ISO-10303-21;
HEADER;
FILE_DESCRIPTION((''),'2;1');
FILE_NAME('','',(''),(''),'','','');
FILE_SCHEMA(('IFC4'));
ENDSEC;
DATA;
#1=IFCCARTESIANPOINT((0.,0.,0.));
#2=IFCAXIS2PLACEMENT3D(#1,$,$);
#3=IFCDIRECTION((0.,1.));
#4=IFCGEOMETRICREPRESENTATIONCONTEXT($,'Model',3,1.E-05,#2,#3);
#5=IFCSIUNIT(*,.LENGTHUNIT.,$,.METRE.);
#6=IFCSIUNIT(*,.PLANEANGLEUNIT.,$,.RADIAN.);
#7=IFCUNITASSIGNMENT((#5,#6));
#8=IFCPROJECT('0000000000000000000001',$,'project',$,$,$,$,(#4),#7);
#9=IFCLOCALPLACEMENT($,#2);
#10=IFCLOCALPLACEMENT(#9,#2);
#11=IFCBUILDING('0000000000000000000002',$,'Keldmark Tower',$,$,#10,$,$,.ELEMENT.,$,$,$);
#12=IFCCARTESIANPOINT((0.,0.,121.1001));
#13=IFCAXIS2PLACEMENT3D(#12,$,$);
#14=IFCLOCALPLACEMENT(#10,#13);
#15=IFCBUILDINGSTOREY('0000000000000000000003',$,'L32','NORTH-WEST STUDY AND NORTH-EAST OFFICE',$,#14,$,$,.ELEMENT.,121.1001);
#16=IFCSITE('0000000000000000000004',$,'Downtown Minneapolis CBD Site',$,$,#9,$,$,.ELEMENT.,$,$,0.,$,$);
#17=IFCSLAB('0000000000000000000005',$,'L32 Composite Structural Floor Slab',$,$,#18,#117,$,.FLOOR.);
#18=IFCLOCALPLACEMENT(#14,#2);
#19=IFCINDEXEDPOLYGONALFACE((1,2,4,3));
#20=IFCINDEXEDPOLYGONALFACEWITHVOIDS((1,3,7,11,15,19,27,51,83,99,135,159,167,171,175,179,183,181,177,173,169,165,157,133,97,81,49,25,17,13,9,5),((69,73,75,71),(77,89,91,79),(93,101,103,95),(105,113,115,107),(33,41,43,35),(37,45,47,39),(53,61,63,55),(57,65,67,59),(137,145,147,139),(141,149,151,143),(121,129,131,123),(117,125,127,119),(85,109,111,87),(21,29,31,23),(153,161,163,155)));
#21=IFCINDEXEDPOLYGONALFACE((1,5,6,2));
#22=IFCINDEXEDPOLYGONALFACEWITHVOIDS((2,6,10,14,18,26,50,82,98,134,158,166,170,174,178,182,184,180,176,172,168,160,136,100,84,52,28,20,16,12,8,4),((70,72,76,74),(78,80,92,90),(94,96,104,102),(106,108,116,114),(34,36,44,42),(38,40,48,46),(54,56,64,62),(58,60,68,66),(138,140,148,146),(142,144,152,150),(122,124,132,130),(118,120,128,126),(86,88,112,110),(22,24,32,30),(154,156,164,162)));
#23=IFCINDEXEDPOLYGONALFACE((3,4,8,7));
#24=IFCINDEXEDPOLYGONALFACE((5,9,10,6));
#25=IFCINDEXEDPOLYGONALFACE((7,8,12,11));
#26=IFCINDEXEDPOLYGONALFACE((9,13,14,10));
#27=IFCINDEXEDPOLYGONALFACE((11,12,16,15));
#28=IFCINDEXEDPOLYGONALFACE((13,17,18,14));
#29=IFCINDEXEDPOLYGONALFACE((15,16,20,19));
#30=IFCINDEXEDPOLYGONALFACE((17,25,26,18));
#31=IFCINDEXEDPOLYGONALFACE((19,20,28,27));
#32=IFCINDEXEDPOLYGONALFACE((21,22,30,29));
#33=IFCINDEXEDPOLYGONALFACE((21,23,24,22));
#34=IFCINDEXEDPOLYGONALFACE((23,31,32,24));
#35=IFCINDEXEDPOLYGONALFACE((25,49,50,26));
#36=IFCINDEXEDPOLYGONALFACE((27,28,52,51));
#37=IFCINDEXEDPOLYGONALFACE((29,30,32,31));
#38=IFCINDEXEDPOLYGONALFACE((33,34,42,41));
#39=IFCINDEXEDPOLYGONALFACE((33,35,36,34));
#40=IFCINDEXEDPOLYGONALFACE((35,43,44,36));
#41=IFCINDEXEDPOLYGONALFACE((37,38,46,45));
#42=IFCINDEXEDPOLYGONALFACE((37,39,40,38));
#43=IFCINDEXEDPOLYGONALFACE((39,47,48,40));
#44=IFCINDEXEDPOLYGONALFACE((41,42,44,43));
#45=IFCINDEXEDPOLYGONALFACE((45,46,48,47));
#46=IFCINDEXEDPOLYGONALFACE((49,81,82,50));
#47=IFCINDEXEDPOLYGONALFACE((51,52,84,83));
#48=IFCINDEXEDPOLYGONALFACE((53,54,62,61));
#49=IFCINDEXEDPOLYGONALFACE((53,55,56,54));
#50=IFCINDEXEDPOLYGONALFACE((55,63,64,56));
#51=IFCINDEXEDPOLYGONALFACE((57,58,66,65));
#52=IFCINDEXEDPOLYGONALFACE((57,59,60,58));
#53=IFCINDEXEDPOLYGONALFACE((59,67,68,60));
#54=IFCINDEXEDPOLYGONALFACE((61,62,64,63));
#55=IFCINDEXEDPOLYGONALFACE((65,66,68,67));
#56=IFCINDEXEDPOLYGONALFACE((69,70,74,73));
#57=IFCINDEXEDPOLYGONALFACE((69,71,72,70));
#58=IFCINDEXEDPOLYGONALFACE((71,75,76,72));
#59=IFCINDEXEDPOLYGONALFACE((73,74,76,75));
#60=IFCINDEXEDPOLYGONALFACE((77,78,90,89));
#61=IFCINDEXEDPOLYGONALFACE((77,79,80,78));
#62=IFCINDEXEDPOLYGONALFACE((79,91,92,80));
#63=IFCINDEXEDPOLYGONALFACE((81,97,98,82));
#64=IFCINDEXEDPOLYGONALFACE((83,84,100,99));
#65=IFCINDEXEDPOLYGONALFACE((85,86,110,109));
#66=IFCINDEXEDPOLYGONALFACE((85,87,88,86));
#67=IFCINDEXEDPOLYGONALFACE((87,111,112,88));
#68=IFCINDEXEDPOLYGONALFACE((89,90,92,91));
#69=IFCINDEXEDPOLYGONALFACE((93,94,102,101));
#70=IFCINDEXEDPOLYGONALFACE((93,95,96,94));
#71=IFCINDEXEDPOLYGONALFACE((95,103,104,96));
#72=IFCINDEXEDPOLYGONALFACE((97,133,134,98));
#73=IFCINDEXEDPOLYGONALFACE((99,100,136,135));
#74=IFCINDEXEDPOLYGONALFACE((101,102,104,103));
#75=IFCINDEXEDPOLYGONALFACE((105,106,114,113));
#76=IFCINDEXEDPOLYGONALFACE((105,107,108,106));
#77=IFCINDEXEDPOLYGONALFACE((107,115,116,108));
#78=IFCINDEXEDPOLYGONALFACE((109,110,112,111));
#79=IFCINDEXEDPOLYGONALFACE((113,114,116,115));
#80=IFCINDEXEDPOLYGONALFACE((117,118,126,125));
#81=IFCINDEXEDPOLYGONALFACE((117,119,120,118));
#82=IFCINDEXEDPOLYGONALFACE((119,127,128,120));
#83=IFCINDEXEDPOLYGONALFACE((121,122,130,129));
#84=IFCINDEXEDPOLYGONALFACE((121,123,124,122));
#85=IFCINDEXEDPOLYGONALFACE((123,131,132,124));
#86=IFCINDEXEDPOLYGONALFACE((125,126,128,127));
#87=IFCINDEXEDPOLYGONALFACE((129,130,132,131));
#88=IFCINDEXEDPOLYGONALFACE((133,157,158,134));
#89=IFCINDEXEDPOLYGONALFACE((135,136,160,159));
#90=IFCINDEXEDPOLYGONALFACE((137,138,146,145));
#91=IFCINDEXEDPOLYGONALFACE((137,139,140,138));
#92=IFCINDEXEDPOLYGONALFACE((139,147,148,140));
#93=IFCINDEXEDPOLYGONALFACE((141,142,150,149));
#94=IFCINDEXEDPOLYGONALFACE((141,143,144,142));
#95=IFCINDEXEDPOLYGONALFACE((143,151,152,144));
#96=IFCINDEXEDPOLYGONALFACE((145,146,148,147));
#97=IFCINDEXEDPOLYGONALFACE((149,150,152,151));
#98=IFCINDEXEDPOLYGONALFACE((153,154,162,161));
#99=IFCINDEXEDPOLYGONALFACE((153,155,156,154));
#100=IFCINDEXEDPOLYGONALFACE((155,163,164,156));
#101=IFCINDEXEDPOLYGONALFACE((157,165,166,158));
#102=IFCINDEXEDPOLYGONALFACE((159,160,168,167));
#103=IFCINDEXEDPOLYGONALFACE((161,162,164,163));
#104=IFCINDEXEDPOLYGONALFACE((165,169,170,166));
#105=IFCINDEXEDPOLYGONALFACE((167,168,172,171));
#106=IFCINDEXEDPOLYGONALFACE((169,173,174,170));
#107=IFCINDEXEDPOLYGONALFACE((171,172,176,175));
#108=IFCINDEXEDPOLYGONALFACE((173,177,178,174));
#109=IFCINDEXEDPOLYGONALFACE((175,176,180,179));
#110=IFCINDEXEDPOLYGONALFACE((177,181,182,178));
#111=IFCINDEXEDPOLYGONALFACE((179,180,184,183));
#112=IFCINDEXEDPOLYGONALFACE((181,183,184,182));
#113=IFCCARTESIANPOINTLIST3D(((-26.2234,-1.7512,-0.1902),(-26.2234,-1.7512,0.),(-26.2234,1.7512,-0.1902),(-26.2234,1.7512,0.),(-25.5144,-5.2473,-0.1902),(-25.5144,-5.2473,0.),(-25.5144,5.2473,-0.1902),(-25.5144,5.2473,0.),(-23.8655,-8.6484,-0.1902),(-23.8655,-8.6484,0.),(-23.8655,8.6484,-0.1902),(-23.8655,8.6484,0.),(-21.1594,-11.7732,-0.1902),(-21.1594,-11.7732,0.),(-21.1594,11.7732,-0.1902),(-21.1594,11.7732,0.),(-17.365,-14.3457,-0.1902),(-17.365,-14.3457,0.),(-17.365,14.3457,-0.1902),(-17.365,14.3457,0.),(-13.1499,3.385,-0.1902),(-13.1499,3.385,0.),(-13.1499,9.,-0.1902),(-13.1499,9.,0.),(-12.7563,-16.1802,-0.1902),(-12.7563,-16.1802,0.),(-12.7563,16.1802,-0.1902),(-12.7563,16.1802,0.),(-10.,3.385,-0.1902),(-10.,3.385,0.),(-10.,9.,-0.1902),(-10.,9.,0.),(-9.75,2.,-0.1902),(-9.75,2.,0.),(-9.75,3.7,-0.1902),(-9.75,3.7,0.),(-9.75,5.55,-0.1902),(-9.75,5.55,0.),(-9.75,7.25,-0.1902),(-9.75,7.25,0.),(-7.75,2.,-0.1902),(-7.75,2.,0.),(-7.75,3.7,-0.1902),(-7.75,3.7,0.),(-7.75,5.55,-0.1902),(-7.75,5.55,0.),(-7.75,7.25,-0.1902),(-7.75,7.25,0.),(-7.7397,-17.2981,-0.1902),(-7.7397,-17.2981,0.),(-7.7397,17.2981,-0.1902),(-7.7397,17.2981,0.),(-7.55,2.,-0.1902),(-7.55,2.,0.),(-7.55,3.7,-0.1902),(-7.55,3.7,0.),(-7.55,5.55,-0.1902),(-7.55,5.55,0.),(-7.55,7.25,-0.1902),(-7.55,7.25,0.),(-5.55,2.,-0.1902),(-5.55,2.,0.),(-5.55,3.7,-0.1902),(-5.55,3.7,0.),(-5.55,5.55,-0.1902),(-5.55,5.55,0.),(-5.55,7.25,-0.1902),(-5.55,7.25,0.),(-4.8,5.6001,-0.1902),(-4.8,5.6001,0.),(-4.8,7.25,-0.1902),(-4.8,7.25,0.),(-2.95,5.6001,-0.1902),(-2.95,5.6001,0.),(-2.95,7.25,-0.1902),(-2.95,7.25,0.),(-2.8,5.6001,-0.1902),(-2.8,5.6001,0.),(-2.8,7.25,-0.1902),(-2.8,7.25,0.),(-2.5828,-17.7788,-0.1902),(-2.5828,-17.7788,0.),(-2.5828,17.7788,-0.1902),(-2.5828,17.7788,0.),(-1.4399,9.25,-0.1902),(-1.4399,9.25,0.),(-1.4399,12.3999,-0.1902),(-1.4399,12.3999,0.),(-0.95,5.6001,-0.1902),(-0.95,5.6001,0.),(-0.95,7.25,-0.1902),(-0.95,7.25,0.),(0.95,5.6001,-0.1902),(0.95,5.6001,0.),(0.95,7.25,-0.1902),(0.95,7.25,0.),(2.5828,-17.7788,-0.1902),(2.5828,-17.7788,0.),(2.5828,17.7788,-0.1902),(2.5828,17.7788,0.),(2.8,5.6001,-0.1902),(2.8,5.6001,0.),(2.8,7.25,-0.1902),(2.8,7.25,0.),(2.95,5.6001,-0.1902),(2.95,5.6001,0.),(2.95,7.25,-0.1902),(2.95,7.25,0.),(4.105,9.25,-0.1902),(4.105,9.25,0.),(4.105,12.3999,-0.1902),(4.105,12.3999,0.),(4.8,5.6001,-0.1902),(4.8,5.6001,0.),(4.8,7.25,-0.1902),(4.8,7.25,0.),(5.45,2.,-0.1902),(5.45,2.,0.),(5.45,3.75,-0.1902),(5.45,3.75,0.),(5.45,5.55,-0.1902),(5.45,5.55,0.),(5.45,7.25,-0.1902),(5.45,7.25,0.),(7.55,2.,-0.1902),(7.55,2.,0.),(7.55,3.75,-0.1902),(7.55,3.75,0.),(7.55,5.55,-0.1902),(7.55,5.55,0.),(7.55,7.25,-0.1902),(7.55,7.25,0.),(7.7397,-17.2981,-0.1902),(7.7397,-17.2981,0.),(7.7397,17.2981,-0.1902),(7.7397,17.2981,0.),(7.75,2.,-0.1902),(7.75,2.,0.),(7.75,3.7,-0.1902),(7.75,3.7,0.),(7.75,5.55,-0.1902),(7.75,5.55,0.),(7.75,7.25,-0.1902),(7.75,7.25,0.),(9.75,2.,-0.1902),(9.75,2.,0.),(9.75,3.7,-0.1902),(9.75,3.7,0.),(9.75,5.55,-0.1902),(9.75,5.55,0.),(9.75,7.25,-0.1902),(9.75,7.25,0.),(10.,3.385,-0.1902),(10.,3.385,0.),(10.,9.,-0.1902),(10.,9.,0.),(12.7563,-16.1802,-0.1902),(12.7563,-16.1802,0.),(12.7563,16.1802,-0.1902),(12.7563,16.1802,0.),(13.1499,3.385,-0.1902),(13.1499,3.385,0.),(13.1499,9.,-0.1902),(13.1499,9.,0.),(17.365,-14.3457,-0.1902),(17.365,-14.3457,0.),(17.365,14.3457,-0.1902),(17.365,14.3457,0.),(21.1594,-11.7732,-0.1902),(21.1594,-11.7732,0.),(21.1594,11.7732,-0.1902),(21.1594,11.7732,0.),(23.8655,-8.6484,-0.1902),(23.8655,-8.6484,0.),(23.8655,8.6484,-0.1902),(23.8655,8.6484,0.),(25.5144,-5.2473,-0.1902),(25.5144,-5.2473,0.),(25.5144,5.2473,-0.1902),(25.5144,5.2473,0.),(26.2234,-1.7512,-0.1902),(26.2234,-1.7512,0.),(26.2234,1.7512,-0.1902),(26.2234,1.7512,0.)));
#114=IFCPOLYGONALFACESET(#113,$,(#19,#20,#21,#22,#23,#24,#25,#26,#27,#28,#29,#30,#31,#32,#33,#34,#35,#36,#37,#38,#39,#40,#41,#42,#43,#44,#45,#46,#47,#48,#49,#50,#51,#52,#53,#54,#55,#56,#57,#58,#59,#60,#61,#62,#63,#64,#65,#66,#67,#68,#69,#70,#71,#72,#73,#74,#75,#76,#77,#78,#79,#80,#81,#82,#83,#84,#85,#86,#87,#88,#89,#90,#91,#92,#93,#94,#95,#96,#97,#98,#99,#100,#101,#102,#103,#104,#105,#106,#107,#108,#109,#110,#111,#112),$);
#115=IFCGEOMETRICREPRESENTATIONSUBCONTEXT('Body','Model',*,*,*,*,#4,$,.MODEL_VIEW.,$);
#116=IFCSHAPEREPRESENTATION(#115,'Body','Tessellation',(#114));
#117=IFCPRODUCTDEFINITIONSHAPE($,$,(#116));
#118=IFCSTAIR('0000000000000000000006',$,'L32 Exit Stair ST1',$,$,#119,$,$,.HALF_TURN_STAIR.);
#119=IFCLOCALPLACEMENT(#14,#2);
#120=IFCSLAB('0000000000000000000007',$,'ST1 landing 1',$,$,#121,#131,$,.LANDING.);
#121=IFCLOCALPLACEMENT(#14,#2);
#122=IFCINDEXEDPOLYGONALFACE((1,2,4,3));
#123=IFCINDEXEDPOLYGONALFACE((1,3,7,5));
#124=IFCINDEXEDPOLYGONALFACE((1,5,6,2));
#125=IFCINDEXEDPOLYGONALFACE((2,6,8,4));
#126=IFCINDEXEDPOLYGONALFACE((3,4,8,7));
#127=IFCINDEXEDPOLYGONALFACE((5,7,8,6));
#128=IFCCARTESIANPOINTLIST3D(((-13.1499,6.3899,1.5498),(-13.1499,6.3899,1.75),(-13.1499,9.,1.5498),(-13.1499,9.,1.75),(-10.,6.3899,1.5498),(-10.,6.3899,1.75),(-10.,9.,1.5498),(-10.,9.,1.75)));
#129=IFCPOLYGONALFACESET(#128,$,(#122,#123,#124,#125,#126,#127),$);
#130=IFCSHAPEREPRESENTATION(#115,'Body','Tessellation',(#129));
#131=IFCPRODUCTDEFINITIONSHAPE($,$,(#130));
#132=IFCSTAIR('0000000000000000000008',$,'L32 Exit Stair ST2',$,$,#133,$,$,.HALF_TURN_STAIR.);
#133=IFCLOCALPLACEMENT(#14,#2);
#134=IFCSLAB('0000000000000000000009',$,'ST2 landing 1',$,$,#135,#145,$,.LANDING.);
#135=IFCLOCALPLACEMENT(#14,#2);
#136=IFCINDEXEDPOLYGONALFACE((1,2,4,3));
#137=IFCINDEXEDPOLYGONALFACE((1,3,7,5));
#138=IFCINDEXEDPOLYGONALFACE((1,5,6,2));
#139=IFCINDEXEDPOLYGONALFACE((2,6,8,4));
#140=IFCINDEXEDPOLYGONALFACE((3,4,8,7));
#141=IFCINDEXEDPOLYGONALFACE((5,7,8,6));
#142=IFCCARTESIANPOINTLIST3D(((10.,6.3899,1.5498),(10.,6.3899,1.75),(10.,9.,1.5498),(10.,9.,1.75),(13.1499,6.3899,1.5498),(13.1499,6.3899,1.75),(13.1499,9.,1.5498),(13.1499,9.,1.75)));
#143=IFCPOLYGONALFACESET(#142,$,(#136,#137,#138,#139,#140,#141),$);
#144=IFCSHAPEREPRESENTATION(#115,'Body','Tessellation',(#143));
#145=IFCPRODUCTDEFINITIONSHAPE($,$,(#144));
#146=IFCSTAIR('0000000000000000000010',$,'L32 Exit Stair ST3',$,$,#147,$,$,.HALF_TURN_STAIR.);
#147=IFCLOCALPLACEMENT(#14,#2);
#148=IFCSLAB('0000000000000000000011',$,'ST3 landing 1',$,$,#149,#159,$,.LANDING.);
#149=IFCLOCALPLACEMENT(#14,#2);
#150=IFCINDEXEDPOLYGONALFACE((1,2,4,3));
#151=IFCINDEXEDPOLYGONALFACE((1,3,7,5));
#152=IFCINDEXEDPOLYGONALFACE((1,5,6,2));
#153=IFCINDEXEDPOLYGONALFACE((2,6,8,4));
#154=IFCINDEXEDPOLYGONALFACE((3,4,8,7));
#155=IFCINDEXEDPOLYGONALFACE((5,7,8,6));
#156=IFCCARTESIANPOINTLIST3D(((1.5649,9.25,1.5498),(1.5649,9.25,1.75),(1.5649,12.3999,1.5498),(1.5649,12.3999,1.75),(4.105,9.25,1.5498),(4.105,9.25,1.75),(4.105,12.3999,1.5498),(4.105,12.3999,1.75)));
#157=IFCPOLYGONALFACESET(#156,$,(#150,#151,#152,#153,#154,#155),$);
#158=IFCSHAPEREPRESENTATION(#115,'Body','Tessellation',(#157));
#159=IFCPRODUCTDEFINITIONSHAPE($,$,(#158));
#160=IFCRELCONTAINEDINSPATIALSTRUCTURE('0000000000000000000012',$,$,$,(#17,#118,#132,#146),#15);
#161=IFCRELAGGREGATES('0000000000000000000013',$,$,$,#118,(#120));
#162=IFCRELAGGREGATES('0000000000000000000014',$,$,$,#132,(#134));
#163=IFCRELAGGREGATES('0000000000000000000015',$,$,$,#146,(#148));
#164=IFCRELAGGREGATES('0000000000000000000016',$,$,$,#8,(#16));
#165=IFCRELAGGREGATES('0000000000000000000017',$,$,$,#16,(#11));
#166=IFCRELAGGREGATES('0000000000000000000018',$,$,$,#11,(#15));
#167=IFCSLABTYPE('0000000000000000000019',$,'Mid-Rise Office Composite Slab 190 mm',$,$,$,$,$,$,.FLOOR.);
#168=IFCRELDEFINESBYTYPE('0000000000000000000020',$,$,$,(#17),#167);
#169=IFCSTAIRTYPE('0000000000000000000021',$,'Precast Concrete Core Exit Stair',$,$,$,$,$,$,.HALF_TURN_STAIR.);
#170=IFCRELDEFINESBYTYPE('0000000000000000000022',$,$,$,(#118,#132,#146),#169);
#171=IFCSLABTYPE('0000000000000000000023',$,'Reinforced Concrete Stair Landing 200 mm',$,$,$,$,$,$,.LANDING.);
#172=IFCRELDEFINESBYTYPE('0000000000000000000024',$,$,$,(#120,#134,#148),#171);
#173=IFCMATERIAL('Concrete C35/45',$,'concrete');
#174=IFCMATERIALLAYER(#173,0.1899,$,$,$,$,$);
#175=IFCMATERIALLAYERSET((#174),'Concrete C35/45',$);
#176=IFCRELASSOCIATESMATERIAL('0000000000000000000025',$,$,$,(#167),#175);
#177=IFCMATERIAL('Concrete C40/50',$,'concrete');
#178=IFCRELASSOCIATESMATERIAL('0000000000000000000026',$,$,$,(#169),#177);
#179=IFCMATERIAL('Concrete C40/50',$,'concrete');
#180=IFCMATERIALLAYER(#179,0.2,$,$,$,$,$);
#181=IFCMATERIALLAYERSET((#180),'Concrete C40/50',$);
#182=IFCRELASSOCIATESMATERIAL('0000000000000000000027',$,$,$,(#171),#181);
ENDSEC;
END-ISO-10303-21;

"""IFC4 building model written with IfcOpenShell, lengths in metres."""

from ifc_helpers import new_model, si_unit, direction, frame, origin, place, context, subcontext, project, spatial, polyline, outline, extrude, material, layer, layer_set, type_object, element, aggregate, save


model = new_model("IFC4")

# Units and contexts
model_context = context("Model", 3, precision=1e-05, world=origin(), true_north=direction((0.0, 1.0)))
body_context = subcontext(model_context, "Body", "Model", "MODEL_VIEW")
ifc_project = project(units=[si_unit("LENGTHUNIT", "METRE"), si_unit("PLANEANGLEUNIT", "RADIAN")], contexts=[model_context])

# Site, building, storey
site_placement = place(None, origin())
site = spatial("IfcSite", under=ifc_project, at=site_placement, Name="Downtown Minneapolis CBD Site", CompositionType="ELEMENT", RefElevation=0.0)
building_placement = place(site_placement, origin())
building = spatial("IfcBuilding", under=site, at=building_placement, Name="Keldmark Tower", CompositionType="ELEMENT")
storey_placement = place(building_placement, frame((0.0, 0.0, 121.1001)))
storey = spatial("IfcBuildingStorey", under=building, at=storey_placement, Name="L32", Description="NORTH-WEST STUDY AND NORTH-EAST OFFICE", CompositionType="ELEMENT", Elevation=121.1001)

# Slab
ifc_material_1 = material(Name="Concrete C35/45", Category="concrete")
ifc_layer_1 = layer(ifc_material_1, 0.1899)
ifc_layer_set_1 = layer_set([ifc_layer_1], Name="Concrete C35/45")
slab_type_1 = type_object("IfcSlabType", Name="Mid-Rise Office Composite Slab 190 mm", PredefinedType="FLOOR", material=ifc_layer_set_1)
slab_1_placement = place(storey_placement, frame((0.0, 0.0, -0.1902)))
element("IfcSlab", 1, at=slab_1_placement, inside=storey, type_object=slab_type_1, Name="L32 Composite Structural Floor Slab", PredefinedType="FLOOR", context=body_context, shape_type="SweptSolid", body=[
    extrude(outline(polyline([(26.2234, 1.7512), (25.5144, 5.2473), (23.8655, 8.6484), (21.1594, 11.7732), (17.365, 14.3457), (12.7563, 16.1802), (7.7397, 17.2981), (2.5828, 17.7788), (-2.5828, 17.7788), (-7.7397, 17.2981), (-12.7563, 16.1802), (-17.365, 14.3457), (-21.1594, 11.7732), (-23.8655, 8.6484), (-25.5144, 5.2473), (-26.2234, 1.7512), (-26.2234, -1.7512), (-25.5144, -5.2473), (-23.8655, -8.6484), (-21.1594, -11.7732), (-17.365, -14.3457), (-12.7563, -16.1802), (-7.7397, -17.2981), (-2.5828, -17.7788), (2.5828, -17.7788), (7.7397, -17.2981), (12.7563, -16.1802), (17.365, -14.3457), (21.1594, -11.7732), (23.8655, -8.6484), (25.5144, -5.2473), (26.2234, -1.7512), (26.2234, 1.7512)]), holes=[polyline([(-10.0, 3.385), (-10.0, 9.0), (-13.1499, 9.0), (-13.1499, 3.385), (-10.0, 3.385)]), polyline([(13.1499, 3.385), (13.1499, 9.0), (10.0, 9.0), (10.0, 3.385), (13.1499, 3.385)]), polyline([(-1.4399, 9.25), (4.105, 9.25), (4.105, 12.3999), (-1.4399, 12.3999), (-1.4399, 9.25)]), polyline([(-9.75, 2.0), (-7.75, 2.0), (-7.75, 3.7), (-9.75, 3.7), (-9.75, 2.0)]), polyline([(7.75, 2.0), (9.75, 2.0), (9.75, 3.7), (7.75, 3.7), (7.75, 2.0)]), polyline([(5.45, 2.0), (7.55, 2.0), (7.55, 3.75), (5.45, 3.75), (5.45, 2.0)]), polyline([(-4.8, 5.6001), (-2.95, 5.6001), (-2.95, 7.25), (-4.8, 7.25), (-4.8, 5.6001)]), polyline([(-2.8, 5.6001), (-0.95, 5.6001), (-0.95, 7.25), (-2.8, 7.25), (-2.8, 5.6001)]), polyline([(0.95, 5.6001), (2.8, 5.6001), (2.8, 7.25), (0.95, 7.25), (0.95, 5.6001)]), polyline([(2.95, 5.6001), (4.8, 5.6001), (4.8, 7.25), (2.95, 7.25), (2.95, 5.6001)]), polyline([(-9.75, 5.55), (-7.75, 5.55), (-7.75, 7.25), (-9.75, 7.25), (-9.75, 5.55)]), polyline([(-7.55, 5.55), (-5.55, 5.55), (-5.55, 7.25), (-7.55, 7.25), (-7.55, 5.55)]), polyline([(-7.55, 2.0), (-5.55, 2.0), (-5.55, 3.7), (-7.55, 3.7), (-7.55, 2.0)]), polyline([(5.45, 5.55), (7.55, 5.55), (7.55, 7.25), (5.45, 7.25), (5.45, 5.55)]), polyline([(7.75, 5.55), (9.75, 5.55), (9.75, 7.25), (7.75, 7.25), (7.75, 5.55)])]), origin(), (0.0, 0.0, 1.0), 0.1902),
])

# Stairs, slabs
ifc_material_2 = material(Name="Concrete C40/50", Category="concrete")
stair_type = type_object("IfcStairType", Name="Precast Concrete Core Exit Stair", PredefinedType="HALF_TURN_STAIR", material=ifc_material_2)
stair_1_placement = place(storey_placement, origin())
stair_1 = element("IfcStair", 2, at=stair_1_placement, inside=storey, type_object=stair_type, Name="L32 Exit Stair ST1", PredefinedType="HALF_TURN_STAIR")
ifc_material_3 = material(Name="Concrete C40/50", Category="concrete")
ifc_layer_2 = layer(ifc_material_3, 0.2)
ifc_layer_set_2 = layer_set([ifc_layer_2], Name="Concrete C40/50")
slab_type_2 = type_object("IfcSlabType", Name="Reinforced Concrete Stair Landing 200 mm", PredefinedType="LANDING", material=ifc_layer_set_2)
slab_2_placement = place(storey_placement, frame((0.0, 0.0, 1.5498)))
slab_2 = element("IfcSlab", 3, at=slab_2_placement, type_object=slab_type_2, Name="ST1 landing 1", PredefinedType="LANDING", context=body_context, shape_type="SweptSolid", body=[
    extrude(outline(polyline([(-10.0, 6.3899), (-10.0, 9.0), (-13.1499, 9.0), (-13.1499, 6.3899), (-10.0, 6.3899)])), origin(), (0.0, 0.0, 1.0), 0.2002),
])
aggregate(stair_1, [slab_2])
stair_2_placement = place(storey_placement, origin())
stair_2 = element("IfcStair", 4, at=stair_2_placement, inside=storey, type_object=stair_type, Name="L32 Exit Stair ST2", PredefinedType="HALF_TURN_STAIR")
slab_3_placement = place(storey_placement, frame((0.0, 0.0, 1.5498)))
slab_3 = element("IfcSlab", 5, at=slab_3_placement, type_object=slab_type_2, Name="ST2 landing 1", PredefinedType="LANDING", context=body_context, shape_type="SweptSolid", body=[
    extrude(outline(polyline([(13.1499, 6.3899), (13.1499, 9.0), (10.0, 9.0), (10.0, 6.3899), (13.1499, 6.3899)])), origin(), (0.0, 0.0, 1.0), 0.2002),
])
aggregate(stair_2, [slab_3])
stair_3_placement = place(storey_placement, origin())
stair_3 = element("IfcStair", 6, at=stair_3_placement, inside=storey, type_object=stair_type, Name="L32 Exit Stair ST3", PredefinedType="HALF_TURN_STAIR")
slab_4_placement = place(storey_placement, frame((0.0, 0.0, 1.5498)))
slab_4 = element("IfcSlab", 7, at=slab_4_placement, type_object=slab_type_2, Name="ST3 landing 1", PredefinedType="LANDING", context=body_context, shape_type="SweptSolid", body=[
    extrude(outline(polyline([(1.5649, 9.25), (4.105, 9.25), (4.105, 12.3999), (1.5649, 12.3999), (1.5649, 9.25)])), origin(), (0.0, 0.0, 1.0), 0.2002),
])
aggregate(stair_3, [slab_4])

save(model, "model.ifc")
